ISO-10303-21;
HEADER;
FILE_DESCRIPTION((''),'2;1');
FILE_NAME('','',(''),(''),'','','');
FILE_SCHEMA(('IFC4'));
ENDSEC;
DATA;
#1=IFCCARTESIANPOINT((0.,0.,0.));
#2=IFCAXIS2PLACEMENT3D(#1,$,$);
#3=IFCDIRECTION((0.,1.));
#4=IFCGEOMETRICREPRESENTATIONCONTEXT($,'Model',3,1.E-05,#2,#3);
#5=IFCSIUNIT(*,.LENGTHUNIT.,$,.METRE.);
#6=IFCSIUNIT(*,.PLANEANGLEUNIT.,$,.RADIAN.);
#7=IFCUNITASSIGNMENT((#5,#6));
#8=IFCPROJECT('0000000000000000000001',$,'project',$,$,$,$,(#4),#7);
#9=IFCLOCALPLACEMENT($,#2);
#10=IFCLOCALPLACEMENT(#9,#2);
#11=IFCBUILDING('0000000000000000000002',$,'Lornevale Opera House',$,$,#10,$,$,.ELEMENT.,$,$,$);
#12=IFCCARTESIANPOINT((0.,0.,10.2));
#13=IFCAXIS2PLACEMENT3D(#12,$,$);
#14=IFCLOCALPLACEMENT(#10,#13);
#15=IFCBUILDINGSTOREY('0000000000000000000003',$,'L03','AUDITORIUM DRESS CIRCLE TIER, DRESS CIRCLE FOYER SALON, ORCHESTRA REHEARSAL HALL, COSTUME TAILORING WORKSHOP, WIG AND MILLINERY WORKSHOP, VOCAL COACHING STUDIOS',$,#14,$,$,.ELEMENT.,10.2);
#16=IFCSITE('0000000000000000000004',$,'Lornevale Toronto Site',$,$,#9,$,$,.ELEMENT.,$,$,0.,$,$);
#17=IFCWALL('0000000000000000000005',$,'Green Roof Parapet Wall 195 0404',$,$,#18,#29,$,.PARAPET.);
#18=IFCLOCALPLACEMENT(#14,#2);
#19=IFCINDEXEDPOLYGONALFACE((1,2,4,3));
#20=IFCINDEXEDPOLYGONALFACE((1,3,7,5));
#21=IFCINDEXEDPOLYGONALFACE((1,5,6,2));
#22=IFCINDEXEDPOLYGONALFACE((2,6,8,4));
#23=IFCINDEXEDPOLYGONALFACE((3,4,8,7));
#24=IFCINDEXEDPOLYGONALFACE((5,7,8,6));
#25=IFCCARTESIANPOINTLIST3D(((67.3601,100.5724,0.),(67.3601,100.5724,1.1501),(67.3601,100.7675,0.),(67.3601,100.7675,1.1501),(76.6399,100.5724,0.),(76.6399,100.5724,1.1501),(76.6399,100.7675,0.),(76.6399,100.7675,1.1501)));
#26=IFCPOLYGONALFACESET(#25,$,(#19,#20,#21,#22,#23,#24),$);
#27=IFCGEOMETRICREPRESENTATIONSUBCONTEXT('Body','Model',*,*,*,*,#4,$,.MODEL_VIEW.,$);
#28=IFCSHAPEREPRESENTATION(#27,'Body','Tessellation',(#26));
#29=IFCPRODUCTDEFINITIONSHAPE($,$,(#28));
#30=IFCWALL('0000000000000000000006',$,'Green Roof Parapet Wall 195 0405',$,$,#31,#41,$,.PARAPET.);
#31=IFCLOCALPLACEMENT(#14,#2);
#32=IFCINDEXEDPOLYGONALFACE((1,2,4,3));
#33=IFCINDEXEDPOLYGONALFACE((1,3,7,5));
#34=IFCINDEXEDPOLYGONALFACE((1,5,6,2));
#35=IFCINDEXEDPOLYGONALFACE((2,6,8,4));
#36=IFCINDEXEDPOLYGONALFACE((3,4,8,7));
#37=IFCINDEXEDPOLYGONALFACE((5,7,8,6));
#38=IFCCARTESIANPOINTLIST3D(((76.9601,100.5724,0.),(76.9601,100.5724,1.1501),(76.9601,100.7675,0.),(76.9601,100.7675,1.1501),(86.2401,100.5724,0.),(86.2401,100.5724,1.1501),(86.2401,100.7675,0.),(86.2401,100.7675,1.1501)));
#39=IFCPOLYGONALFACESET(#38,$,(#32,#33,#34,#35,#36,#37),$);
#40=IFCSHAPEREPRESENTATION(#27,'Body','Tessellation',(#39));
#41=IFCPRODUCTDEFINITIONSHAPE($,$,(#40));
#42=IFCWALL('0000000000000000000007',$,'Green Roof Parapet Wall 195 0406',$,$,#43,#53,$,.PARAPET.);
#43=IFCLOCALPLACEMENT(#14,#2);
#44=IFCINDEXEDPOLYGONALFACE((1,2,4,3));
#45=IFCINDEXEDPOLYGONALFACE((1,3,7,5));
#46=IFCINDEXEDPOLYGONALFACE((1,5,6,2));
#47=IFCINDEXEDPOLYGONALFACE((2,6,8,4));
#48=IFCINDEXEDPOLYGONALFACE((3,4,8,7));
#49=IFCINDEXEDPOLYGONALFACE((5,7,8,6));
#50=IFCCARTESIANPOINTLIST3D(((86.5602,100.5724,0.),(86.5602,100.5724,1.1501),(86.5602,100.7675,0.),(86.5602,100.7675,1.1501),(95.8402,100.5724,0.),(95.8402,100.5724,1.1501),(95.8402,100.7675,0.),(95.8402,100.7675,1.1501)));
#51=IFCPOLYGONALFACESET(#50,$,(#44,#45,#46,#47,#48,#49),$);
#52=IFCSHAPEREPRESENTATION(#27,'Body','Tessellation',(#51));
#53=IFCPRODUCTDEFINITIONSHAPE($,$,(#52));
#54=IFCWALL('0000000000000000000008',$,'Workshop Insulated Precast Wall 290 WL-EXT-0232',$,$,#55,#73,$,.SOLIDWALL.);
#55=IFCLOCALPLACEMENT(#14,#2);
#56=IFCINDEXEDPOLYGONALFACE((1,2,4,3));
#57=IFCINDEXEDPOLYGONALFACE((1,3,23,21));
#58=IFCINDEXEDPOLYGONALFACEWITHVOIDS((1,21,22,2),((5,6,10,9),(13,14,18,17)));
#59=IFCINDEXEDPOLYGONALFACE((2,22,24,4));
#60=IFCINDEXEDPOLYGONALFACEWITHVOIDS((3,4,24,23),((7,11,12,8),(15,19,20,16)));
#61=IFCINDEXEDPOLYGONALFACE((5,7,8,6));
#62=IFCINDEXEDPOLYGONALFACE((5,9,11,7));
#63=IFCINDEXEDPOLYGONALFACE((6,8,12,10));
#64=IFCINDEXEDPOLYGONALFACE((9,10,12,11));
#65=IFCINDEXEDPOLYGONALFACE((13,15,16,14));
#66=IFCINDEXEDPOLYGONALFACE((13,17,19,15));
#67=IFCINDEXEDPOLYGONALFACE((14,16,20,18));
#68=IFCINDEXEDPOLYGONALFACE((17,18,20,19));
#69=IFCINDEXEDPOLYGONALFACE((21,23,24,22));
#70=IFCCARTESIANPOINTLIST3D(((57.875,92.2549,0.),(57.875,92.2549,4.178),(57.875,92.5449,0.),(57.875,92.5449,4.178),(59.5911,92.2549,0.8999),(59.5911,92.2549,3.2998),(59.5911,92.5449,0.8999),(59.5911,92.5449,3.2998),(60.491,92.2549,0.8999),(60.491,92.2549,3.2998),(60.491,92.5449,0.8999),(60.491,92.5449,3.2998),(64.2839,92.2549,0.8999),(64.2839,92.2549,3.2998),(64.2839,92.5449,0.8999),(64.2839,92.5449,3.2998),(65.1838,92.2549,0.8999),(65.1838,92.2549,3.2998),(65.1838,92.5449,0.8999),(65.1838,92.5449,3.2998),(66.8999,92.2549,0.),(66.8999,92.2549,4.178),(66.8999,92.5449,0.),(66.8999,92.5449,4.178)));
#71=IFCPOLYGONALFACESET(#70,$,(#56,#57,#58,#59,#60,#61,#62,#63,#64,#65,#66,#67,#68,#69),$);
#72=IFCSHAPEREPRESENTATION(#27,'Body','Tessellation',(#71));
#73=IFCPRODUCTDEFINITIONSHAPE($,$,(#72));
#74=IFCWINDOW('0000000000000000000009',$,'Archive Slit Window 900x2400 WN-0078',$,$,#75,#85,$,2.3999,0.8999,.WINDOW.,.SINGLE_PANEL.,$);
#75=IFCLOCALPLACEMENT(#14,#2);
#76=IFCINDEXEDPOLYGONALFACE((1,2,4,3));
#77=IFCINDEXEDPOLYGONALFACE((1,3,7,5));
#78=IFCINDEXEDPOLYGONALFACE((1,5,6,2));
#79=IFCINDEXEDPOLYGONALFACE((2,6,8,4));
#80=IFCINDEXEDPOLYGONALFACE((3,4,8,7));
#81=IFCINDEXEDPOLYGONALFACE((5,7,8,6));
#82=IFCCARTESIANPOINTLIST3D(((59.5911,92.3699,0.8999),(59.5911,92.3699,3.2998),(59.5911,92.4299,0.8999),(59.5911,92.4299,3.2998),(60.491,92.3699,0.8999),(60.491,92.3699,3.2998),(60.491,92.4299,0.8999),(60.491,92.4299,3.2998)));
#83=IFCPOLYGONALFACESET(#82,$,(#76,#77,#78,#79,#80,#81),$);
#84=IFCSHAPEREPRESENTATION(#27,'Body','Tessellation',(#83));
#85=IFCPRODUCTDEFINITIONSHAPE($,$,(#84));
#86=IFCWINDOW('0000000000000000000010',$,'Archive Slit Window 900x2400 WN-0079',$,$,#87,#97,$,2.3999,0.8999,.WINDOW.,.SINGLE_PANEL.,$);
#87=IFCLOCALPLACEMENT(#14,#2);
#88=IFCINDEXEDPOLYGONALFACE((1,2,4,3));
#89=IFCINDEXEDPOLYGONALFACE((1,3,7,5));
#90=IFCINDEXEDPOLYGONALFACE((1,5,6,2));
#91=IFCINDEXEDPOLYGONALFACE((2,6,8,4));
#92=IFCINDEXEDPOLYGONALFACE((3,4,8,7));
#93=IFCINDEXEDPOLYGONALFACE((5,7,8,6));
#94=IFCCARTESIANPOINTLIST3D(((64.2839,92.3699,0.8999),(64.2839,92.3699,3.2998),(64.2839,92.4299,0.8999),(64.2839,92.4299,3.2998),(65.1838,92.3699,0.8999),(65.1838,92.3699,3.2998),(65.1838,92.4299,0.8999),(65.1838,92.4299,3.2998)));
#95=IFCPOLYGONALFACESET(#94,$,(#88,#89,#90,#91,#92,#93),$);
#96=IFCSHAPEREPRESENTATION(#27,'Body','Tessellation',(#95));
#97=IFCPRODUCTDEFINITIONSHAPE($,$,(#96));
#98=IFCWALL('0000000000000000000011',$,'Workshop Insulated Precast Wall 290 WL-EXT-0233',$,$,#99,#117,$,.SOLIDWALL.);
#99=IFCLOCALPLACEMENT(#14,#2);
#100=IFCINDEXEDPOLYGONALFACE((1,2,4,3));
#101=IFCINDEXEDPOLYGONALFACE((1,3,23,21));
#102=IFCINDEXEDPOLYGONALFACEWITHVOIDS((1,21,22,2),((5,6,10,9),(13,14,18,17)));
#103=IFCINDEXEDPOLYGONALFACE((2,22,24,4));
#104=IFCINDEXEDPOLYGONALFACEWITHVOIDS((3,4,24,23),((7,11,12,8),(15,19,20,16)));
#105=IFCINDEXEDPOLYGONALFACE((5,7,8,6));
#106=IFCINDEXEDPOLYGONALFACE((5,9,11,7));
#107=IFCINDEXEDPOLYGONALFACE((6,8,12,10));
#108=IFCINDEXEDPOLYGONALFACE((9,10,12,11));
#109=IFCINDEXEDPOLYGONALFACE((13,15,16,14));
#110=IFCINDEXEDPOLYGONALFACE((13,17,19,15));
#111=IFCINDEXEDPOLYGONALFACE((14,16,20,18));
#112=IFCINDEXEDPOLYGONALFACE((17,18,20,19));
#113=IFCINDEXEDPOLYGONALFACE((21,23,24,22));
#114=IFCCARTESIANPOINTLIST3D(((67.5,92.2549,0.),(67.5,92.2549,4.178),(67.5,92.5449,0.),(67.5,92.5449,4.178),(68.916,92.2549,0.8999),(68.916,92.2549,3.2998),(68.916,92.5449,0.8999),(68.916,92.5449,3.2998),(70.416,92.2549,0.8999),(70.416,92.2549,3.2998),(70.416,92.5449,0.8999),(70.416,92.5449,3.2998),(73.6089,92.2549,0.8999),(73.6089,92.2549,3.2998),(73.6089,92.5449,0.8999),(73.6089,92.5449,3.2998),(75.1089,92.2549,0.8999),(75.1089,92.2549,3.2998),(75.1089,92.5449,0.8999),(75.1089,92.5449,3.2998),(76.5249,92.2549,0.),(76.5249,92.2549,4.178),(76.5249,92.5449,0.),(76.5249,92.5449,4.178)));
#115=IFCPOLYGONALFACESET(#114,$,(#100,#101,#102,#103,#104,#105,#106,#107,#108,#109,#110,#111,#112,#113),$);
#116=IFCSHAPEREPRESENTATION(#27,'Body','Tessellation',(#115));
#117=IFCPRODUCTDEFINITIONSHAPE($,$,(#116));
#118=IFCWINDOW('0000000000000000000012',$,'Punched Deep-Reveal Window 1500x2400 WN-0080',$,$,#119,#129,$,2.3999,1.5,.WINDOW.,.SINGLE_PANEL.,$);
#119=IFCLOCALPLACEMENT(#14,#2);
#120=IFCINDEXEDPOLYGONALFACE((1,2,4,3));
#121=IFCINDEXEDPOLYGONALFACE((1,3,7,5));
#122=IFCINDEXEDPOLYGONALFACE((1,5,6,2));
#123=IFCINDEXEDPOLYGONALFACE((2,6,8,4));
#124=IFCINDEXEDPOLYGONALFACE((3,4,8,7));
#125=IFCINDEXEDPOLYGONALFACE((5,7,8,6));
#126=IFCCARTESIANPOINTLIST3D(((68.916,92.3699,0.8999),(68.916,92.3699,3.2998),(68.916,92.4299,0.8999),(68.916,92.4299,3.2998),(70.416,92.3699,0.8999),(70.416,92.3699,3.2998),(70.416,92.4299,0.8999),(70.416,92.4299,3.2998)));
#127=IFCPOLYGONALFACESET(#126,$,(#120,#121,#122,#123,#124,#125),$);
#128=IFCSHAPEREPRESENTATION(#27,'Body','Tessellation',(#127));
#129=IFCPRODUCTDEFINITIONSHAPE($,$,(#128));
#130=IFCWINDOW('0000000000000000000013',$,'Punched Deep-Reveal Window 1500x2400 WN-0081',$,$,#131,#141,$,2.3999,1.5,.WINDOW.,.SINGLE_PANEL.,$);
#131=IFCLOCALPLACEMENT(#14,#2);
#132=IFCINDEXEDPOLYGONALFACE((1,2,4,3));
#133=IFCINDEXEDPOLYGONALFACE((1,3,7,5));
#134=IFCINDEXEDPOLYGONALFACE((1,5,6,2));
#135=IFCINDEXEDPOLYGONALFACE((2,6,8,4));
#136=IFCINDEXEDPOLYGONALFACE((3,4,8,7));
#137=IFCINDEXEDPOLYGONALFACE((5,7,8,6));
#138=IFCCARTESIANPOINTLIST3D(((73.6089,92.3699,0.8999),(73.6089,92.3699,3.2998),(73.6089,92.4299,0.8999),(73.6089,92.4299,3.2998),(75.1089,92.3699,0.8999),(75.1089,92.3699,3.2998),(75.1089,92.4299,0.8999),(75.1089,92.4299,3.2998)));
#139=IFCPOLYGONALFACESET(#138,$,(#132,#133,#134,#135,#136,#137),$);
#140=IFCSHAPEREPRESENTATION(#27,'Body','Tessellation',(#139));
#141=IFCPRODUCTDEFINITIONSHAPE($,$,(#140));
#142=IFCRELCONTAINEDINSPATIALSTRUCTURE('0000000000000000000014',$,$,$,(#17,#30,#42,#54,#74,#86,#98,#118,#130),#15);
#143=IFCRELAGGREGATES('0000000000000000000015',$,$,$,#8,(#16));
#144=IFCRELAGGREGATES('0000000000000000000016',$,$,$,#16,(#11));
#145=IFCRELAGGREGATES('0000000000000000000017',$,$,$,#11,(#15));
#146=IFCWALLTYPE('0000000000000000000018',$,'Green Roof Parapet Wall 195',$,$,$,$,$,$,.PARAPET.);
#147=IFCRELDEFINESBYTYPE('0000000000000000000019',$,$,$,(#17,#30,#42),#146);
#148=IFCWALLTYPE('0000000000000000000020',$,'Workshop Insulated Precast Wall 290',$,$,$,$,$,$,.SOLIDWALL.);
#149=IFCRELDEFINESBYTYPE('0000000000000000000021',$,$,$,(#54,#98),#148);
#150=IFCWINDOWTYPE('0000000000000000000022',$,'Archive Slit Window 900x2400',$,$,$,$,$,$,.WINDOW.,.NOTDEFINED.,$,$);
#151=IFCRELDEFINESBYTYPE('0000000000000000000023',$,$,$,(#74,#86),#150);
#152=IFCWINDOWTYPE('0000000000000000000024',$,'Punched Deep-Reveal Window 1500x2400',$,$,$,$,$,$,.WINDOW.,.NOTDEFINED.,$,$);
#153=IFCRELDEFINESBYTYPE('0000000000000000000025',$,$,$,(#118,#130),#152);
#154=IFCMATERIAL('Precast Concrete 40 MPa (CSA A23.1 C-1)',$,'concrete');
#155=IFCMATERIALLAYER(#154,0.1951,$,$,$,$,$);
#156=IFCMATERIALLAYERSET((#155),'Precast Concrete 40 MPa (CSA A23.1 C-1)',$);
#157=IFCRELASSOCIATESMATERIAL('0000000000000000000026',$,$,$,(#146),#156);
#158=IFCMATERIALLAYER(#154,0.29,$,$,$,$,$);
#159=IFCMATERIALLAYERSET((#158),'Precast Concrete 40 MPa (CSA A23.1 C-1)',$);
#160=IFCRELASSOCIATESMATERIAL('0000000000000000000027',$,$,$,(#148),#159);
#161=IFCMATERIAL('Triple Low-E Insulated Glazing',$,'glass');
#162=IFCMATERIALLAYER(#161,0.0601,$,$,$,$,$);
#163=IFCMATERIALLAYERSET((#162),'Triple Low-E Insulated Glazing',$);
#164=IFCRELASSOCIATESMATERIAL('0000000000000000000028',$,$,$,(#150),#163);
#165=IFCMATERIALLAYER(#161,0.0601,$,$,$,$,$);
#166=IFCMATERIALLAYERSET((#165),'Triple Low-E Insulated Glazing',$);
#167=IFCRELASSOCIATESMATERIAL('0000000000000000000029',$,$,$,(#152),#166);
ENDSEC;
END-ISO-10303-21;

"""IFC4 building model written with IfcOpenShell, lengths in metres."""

from ifc_helpers import new_model, si_unit, direction, frame, frame_2d, origin, place, context, subcontext, project, spatial, rectangle, extrude, material, layer, layer_set, type_object, element, fill, save


model = new_model("IFC4")

# Units and contexts
model_context = context("Model", 3, precision=1e-05, world=origin(), true_north=direction((0.0, 1.0)))
body_context = subcontext(model_context, "Body", "Model", "MODEL_VIEW")
ifc_project = project(units=[si_unit("LENGTHUNIT", "METRE"), si_unit("PLANEANGLEUNIT", "RADIAN")], contexts=[model_context])

# Site, building, storey
site_placement = place(None, origin())
site = spatial("IfcSite", under=ifc_project, at=site_placement, Name="Lornevale Toronto Site", CompositionType="ELEMENT", RefElevation=0.0)
building_placement = place(site_placement, origin())
building = spatial("IfcBuilding", under=site, at=building_placement, Name="Lornevale Opera House", CompositionType="ELEMENT")
storey_placement = place(building_placement, frame((0.0, 0.0, 10.2)))
storey = spatial("IfcBuildingStorey", under=building, at=storey_placement, Name="L03", Description="AUDITORIUM DRESS CIRCLE TIER, DRESS CIRCLE FOYER SALON, ORCHESTRA REHEARSAL HALL, COSTUME TAILORING WORKSHOP, WIG AND MILLINERY WORKSHOP, VOCAL COACHING STUDIOS", CompositionType="ELEMENT", Elevation=10.2)

# Walls
ifc_material_1 = material(Name="Precast Concrete 40 MPa (CSA A23.1 C-1)", Category="concrete")
ifc_layer_1 = layer(ifc_material_1, 0.1951)
ifc_layer_set_1 = layer_set([ifc_layer_1], Name="Precast Concrete 40 MPa (CSA A23.1 C-1)")
wall_type_1 = type_object("IfcWallType", Name="Green Roof Parapet Wall 195", PredefinedType="PARAPET", material=ifc_layer_set_1)
wall_1_placement = place(storey_placement, frame((67.3601, 100.6699, 0.0), z_axis=(0.0, 0.0, 1.0), x_axis=(1.0, 0.0, 0.0)))
element("IfcWall", 1, at=wall_1_placement, inside=storey, type_object=wall_type_1, Name="Green Roof Parapet Wall 195 0404", PredefinedType="PARAPET", context=body_context, shape_type="SweptSolid", body=[
    extrude(rectangle(XDim=9.2798, YDim=0.1951, at=frame_2d((4.6399, 0.0))), origin(), (0.0, 0.0, 1.0), 1.1501),
])
for number, where, z_axis, x_axis, name in (
    (2, (76.96, 100.6699, 0.0), (0.0, 0.0, 1.0), (1.0, 0.0, 0.0), "Green Roof Parapet Wall 195 0405"),
    (3, (86.5601, 100.6699, 0.0), (0.0, 0.0, 1.0), (1.0, 0.0, 0.0), "Green Roof Parapet Wall 195 0406"),
):
    element("IfcWall", number, at=place(storey_placement, frame(where, z_axis=z_axis, x_axis=x_axis)), inside=storey, type_object=wall_type_1, Name=name, PredefinedType="PARAPET", context=body_context, shape_type="SweptSolid", body=[
        extrude(rectangle(XDim=9.28, YDim=0.1951, at=frame_2d((4.6401, 0.0))), origin(), (0.0, 0.0, 1.0), 1.1501),
    ])

# Walls, openings, windows
ifc_layer_2 = layer(ifc_material_1, 0.29)
ifc_layer_set_2 = layer_set([ifc_layer_2], Name="Precast Concrete 40 MPa (CSA A23.1 C-1)")
wall_type_2 = type_object("IfcWallType", Name="Workshop Insulated Precast Wall 290", PredefinedType="SOLIDWALL", material=ifc_layer_set_2)
wall_2_placement = place(storey_placement, frame((57.875, 92.3999, 0.0), z_axis=(0.0, 0.0, 1.0), x_axis=(1.0, 0.0, 0.0)))
wall_2 = element("IfcWall", 4, at=wall_2_placement, inside=storey, type_object=wall_type_2, Name="Workshop Insulated Precast Wall 290 WL-EXT-0232", PredefinedType="SOLIDWALL", context=body_context, shape_type="SweptSolid", body=[
    extrude(rectangle(XDim=9.0249, YDim=0.29, at=frame_2d((4.5125, 0.0))), origin(), (0.0, 0.0, 1.0), 4.178),
])
opening_1_placement = place(wall_2_placement, frame((1.7161, 0.0, 0.8999)))
opening_1 = element("IfcOpeningElement", 5, at=opening_1_placement, cuts=wall_2, PredefinedType="OPENING", context=body_context, shape_type="SweptSolid", body=[
    extrude(rectangle(XDim=0.8999, YDim=2.3999, at=frame_2d((0.45, 1.2))), frame((0.0, 0.155, 0.0), z_axis=(0.0, -1.0, 0.0), x_axis=(1.0, 0.0, 0.0)), (0.0, 0.0, 1.0), 0.3101),
])
opening_2_placement = place(wall_2_placement, frame((6.4089, 0.0, 0.8999)))
opening_2 = element("IfcOpeningElement", 6, at=opening_2_placement, cuts=wall_2, PredefinedType="OPENING", context=body_context, shape_type="SweptSolid", body=[
    extrude(rectangle(XDim=0.8999, YDim=2.3999, at=frame_2d((0.45, 1.2))), frame((0.0, 0.155, 0.0), z_axis=(0.0, -1.0, 0.0), x_axis=(1.0, 0.0, 0.0)), (0.0, 0.0, 1.0), 0.3101),
])
ifc_material_2 = material(Name="Triple Low-E Insulated Glazing", Category="glass")
ifc_layer_3 = layer(ifc_material_2, 0.0601)
ifc_layer_set_3 = layer_set([ifc_layer_3], Name="Triple Low-E Insulated Glazing")
window_type_1 = type_object("IfcWindowType", Name="Archive Slit Window 900x2400", PartitioningType="NOTDEFINED", PredefinedType="WINDOW", material=ifc_layer_set_3)
window_1_placement = place(opening_1_placement, origin())
window_1 = element("IfcWindow", 7, at=window_1_placement, inside=storey, type_object=window_type_1, Name="Archive Slit Window 900x2400 WN-0078", OverallHeight=2.3999, OverallWidth=0.8999, PartitioningType="SINGLE_PANEL", PredefinedType="WINDOW", context=body_context, shape_type="SweptSolid", body=[
    extrude(rectangle(XDim=0.8999, YDim=2.3999, at=frame_2d((0.45, 1.2))), frame((0.0, 0.03, 0.0), z_axis=(0.0, -1.0, 0.0), x_axis=(1.0, 0.0, 0.0)), (0.0, 0.0, 1.0), 0.0601),
])
fill(opening_1, window_1)
window_2_placement = place(opening_2_placement, origin())
window_2 = element("IfcWindow", 8, at=window_2_placement, inside=storey, type_object=window_type_1, Name="Archive Slit Window 900x2400 WN-0079", OverallHeight=2.3999, OverallWidth=0.8999, PartitioningType="SINGLE_PANEL", PredefinedType="WINDOW", context=body_context, shape_type="SweptSolid", body=[
    extrude(rectangle(XDim=0.8999, YDim=2.3999, at=frame_2d((0.45, 1.2))), frame((0.0, 0.03, 0.0), z_axis=(0.0, -1.0, 0.0), x_axis=(1.0, 0.0, 0.0)), (0.0, 0.0, 1.0), 0.0601),
])
fill(opening_2, window_2)
wall_3_placement = place(storey_placement, frame((67.5, 92.3999, 0.0), z_axis=(0.0, 0.0, 1.0), x_axis=(1.0, 0.0, 0.0)))
wall_3 = element("IfcWall", 9, at=wall_3_placement, inside=storey, type_object=wall_type_2, Name="Workshop Insulated Precast Wall 290 WL-EXT-0233", PredefinedType="SOLIDWALL", context=body_context, shape_type="SweptSolid", body=[
    extrude(rectangle(XDim=9.0249, YDim=0.29, at=frame_2d((4.5125, 0.0))), origin(), (0.0, 0.0, 1.0), 4.178),
])
opening_3_placement = place(wall_3_placement, frame((1.416, 0.0, 0.8999)))
opening_3 = element("IfcOpeningElement", 10, at=opening_3_placement, cuts=wall_3, PredefinedType="OPENING", context=body_context, shape_type="SweptSolid", body=[
    extrude(rectangle(XDim=1.5, YDim=2.3999, at=frame_2d((0.75, 1.2))), frame((0.0, 0.155, 0.0), z_axis=(0.0, -1.0, 0.0), x_axis=(1.0, 0.0, 0.0)), (0.0, 0.0, 1.0), 0.3101),
])
opening_4_placement = place(wall_3_placement, frame((6.1089, 0.0, 0.8999)))
opening_4 = element("IfcOpeningElement", 11, at=opening_4_placement, cuts=wall_3, PredefinedType="OPENING", context=body_context, shape_type="SweptSolid", body=[
    extrude(rectangle(XDim=1.5, YDim=2.3999, at=frame_2d((0.75, 1.2))), frame((0.0, 0.155, 0.0), z_axis=(0.0, -1.0, 0.0), x_axis=(1.0, 0.0, 0.0)), (0.0, 0.0, 1.0), 0.3101),
])
ifc_layer_4 = layer(ifc_material_2, 0.0601)
ifc_layer_set_4 = layer_set([ifc_layer_4], Name="Triple Low-E Insulated Glazing")
window_type_2 = type_object("IfcWindowType", Name="Punched Deep-Reveal Window 1500x2400", PartitioningType="NOTDEFINED", PredefinedType="WINDOW", material=ifc_layer_set_4)
window_3_placement = place(opening_3_placement, origin())
window_3 = element("IfcWindow", 12, at=window_3_placement, inside=storey, type_object=window_type_2, Name="Punched Deep-Reveal Window 1500x2400 WN-0080", OverallHeight=2.3999, OverallWidth=1.5, PartitioningType="SINGLE_PANEL", PredefinedType="WINDOW", context=body_context, shape_type="SweptSolid", body=[
    extrude(rectangle(XDim=1.5, YDim=2.3999, at=frame_2d((0.75, 1.2))), frame((0.0, 0.03, 0.0), z_axis=(0.0, -1.0, 0.0), x_axis=(1.0, 0.0, 0.0)), (0.0, 0.0, 1.0), 0.0601),
])
fill(opening_3, window_3)
window_4_placement = place(opening_4_placement, origin())
window_4 = element("IfcWindow", 13, at=window_4_placement, inside=storey, type_object=window_type_2, Name="Punched Deep-Reveal Window 1500x2400 WN-0081", OverallHeight=2.3999, OverallWidth=1.5, PartitioningType="SINGLE_PANEL", PredefinedType="WINDOW", context=body_context, shape_type="SweptSolid", body=[
    extrude(rectangle(XDim=1.5, YDim=2.3999, at=frame_2d((0.75, 1.2))), frame((0.0, 0.03, 0.0), z_axis=(0.0, -1.0, 0.0), x_axis=(1.0, 0.0, 0.0)), (0.0, 0.0, 1.0), 0.0601),
])
fill(opening_4, window_4)

save(model, "model.ifc")
